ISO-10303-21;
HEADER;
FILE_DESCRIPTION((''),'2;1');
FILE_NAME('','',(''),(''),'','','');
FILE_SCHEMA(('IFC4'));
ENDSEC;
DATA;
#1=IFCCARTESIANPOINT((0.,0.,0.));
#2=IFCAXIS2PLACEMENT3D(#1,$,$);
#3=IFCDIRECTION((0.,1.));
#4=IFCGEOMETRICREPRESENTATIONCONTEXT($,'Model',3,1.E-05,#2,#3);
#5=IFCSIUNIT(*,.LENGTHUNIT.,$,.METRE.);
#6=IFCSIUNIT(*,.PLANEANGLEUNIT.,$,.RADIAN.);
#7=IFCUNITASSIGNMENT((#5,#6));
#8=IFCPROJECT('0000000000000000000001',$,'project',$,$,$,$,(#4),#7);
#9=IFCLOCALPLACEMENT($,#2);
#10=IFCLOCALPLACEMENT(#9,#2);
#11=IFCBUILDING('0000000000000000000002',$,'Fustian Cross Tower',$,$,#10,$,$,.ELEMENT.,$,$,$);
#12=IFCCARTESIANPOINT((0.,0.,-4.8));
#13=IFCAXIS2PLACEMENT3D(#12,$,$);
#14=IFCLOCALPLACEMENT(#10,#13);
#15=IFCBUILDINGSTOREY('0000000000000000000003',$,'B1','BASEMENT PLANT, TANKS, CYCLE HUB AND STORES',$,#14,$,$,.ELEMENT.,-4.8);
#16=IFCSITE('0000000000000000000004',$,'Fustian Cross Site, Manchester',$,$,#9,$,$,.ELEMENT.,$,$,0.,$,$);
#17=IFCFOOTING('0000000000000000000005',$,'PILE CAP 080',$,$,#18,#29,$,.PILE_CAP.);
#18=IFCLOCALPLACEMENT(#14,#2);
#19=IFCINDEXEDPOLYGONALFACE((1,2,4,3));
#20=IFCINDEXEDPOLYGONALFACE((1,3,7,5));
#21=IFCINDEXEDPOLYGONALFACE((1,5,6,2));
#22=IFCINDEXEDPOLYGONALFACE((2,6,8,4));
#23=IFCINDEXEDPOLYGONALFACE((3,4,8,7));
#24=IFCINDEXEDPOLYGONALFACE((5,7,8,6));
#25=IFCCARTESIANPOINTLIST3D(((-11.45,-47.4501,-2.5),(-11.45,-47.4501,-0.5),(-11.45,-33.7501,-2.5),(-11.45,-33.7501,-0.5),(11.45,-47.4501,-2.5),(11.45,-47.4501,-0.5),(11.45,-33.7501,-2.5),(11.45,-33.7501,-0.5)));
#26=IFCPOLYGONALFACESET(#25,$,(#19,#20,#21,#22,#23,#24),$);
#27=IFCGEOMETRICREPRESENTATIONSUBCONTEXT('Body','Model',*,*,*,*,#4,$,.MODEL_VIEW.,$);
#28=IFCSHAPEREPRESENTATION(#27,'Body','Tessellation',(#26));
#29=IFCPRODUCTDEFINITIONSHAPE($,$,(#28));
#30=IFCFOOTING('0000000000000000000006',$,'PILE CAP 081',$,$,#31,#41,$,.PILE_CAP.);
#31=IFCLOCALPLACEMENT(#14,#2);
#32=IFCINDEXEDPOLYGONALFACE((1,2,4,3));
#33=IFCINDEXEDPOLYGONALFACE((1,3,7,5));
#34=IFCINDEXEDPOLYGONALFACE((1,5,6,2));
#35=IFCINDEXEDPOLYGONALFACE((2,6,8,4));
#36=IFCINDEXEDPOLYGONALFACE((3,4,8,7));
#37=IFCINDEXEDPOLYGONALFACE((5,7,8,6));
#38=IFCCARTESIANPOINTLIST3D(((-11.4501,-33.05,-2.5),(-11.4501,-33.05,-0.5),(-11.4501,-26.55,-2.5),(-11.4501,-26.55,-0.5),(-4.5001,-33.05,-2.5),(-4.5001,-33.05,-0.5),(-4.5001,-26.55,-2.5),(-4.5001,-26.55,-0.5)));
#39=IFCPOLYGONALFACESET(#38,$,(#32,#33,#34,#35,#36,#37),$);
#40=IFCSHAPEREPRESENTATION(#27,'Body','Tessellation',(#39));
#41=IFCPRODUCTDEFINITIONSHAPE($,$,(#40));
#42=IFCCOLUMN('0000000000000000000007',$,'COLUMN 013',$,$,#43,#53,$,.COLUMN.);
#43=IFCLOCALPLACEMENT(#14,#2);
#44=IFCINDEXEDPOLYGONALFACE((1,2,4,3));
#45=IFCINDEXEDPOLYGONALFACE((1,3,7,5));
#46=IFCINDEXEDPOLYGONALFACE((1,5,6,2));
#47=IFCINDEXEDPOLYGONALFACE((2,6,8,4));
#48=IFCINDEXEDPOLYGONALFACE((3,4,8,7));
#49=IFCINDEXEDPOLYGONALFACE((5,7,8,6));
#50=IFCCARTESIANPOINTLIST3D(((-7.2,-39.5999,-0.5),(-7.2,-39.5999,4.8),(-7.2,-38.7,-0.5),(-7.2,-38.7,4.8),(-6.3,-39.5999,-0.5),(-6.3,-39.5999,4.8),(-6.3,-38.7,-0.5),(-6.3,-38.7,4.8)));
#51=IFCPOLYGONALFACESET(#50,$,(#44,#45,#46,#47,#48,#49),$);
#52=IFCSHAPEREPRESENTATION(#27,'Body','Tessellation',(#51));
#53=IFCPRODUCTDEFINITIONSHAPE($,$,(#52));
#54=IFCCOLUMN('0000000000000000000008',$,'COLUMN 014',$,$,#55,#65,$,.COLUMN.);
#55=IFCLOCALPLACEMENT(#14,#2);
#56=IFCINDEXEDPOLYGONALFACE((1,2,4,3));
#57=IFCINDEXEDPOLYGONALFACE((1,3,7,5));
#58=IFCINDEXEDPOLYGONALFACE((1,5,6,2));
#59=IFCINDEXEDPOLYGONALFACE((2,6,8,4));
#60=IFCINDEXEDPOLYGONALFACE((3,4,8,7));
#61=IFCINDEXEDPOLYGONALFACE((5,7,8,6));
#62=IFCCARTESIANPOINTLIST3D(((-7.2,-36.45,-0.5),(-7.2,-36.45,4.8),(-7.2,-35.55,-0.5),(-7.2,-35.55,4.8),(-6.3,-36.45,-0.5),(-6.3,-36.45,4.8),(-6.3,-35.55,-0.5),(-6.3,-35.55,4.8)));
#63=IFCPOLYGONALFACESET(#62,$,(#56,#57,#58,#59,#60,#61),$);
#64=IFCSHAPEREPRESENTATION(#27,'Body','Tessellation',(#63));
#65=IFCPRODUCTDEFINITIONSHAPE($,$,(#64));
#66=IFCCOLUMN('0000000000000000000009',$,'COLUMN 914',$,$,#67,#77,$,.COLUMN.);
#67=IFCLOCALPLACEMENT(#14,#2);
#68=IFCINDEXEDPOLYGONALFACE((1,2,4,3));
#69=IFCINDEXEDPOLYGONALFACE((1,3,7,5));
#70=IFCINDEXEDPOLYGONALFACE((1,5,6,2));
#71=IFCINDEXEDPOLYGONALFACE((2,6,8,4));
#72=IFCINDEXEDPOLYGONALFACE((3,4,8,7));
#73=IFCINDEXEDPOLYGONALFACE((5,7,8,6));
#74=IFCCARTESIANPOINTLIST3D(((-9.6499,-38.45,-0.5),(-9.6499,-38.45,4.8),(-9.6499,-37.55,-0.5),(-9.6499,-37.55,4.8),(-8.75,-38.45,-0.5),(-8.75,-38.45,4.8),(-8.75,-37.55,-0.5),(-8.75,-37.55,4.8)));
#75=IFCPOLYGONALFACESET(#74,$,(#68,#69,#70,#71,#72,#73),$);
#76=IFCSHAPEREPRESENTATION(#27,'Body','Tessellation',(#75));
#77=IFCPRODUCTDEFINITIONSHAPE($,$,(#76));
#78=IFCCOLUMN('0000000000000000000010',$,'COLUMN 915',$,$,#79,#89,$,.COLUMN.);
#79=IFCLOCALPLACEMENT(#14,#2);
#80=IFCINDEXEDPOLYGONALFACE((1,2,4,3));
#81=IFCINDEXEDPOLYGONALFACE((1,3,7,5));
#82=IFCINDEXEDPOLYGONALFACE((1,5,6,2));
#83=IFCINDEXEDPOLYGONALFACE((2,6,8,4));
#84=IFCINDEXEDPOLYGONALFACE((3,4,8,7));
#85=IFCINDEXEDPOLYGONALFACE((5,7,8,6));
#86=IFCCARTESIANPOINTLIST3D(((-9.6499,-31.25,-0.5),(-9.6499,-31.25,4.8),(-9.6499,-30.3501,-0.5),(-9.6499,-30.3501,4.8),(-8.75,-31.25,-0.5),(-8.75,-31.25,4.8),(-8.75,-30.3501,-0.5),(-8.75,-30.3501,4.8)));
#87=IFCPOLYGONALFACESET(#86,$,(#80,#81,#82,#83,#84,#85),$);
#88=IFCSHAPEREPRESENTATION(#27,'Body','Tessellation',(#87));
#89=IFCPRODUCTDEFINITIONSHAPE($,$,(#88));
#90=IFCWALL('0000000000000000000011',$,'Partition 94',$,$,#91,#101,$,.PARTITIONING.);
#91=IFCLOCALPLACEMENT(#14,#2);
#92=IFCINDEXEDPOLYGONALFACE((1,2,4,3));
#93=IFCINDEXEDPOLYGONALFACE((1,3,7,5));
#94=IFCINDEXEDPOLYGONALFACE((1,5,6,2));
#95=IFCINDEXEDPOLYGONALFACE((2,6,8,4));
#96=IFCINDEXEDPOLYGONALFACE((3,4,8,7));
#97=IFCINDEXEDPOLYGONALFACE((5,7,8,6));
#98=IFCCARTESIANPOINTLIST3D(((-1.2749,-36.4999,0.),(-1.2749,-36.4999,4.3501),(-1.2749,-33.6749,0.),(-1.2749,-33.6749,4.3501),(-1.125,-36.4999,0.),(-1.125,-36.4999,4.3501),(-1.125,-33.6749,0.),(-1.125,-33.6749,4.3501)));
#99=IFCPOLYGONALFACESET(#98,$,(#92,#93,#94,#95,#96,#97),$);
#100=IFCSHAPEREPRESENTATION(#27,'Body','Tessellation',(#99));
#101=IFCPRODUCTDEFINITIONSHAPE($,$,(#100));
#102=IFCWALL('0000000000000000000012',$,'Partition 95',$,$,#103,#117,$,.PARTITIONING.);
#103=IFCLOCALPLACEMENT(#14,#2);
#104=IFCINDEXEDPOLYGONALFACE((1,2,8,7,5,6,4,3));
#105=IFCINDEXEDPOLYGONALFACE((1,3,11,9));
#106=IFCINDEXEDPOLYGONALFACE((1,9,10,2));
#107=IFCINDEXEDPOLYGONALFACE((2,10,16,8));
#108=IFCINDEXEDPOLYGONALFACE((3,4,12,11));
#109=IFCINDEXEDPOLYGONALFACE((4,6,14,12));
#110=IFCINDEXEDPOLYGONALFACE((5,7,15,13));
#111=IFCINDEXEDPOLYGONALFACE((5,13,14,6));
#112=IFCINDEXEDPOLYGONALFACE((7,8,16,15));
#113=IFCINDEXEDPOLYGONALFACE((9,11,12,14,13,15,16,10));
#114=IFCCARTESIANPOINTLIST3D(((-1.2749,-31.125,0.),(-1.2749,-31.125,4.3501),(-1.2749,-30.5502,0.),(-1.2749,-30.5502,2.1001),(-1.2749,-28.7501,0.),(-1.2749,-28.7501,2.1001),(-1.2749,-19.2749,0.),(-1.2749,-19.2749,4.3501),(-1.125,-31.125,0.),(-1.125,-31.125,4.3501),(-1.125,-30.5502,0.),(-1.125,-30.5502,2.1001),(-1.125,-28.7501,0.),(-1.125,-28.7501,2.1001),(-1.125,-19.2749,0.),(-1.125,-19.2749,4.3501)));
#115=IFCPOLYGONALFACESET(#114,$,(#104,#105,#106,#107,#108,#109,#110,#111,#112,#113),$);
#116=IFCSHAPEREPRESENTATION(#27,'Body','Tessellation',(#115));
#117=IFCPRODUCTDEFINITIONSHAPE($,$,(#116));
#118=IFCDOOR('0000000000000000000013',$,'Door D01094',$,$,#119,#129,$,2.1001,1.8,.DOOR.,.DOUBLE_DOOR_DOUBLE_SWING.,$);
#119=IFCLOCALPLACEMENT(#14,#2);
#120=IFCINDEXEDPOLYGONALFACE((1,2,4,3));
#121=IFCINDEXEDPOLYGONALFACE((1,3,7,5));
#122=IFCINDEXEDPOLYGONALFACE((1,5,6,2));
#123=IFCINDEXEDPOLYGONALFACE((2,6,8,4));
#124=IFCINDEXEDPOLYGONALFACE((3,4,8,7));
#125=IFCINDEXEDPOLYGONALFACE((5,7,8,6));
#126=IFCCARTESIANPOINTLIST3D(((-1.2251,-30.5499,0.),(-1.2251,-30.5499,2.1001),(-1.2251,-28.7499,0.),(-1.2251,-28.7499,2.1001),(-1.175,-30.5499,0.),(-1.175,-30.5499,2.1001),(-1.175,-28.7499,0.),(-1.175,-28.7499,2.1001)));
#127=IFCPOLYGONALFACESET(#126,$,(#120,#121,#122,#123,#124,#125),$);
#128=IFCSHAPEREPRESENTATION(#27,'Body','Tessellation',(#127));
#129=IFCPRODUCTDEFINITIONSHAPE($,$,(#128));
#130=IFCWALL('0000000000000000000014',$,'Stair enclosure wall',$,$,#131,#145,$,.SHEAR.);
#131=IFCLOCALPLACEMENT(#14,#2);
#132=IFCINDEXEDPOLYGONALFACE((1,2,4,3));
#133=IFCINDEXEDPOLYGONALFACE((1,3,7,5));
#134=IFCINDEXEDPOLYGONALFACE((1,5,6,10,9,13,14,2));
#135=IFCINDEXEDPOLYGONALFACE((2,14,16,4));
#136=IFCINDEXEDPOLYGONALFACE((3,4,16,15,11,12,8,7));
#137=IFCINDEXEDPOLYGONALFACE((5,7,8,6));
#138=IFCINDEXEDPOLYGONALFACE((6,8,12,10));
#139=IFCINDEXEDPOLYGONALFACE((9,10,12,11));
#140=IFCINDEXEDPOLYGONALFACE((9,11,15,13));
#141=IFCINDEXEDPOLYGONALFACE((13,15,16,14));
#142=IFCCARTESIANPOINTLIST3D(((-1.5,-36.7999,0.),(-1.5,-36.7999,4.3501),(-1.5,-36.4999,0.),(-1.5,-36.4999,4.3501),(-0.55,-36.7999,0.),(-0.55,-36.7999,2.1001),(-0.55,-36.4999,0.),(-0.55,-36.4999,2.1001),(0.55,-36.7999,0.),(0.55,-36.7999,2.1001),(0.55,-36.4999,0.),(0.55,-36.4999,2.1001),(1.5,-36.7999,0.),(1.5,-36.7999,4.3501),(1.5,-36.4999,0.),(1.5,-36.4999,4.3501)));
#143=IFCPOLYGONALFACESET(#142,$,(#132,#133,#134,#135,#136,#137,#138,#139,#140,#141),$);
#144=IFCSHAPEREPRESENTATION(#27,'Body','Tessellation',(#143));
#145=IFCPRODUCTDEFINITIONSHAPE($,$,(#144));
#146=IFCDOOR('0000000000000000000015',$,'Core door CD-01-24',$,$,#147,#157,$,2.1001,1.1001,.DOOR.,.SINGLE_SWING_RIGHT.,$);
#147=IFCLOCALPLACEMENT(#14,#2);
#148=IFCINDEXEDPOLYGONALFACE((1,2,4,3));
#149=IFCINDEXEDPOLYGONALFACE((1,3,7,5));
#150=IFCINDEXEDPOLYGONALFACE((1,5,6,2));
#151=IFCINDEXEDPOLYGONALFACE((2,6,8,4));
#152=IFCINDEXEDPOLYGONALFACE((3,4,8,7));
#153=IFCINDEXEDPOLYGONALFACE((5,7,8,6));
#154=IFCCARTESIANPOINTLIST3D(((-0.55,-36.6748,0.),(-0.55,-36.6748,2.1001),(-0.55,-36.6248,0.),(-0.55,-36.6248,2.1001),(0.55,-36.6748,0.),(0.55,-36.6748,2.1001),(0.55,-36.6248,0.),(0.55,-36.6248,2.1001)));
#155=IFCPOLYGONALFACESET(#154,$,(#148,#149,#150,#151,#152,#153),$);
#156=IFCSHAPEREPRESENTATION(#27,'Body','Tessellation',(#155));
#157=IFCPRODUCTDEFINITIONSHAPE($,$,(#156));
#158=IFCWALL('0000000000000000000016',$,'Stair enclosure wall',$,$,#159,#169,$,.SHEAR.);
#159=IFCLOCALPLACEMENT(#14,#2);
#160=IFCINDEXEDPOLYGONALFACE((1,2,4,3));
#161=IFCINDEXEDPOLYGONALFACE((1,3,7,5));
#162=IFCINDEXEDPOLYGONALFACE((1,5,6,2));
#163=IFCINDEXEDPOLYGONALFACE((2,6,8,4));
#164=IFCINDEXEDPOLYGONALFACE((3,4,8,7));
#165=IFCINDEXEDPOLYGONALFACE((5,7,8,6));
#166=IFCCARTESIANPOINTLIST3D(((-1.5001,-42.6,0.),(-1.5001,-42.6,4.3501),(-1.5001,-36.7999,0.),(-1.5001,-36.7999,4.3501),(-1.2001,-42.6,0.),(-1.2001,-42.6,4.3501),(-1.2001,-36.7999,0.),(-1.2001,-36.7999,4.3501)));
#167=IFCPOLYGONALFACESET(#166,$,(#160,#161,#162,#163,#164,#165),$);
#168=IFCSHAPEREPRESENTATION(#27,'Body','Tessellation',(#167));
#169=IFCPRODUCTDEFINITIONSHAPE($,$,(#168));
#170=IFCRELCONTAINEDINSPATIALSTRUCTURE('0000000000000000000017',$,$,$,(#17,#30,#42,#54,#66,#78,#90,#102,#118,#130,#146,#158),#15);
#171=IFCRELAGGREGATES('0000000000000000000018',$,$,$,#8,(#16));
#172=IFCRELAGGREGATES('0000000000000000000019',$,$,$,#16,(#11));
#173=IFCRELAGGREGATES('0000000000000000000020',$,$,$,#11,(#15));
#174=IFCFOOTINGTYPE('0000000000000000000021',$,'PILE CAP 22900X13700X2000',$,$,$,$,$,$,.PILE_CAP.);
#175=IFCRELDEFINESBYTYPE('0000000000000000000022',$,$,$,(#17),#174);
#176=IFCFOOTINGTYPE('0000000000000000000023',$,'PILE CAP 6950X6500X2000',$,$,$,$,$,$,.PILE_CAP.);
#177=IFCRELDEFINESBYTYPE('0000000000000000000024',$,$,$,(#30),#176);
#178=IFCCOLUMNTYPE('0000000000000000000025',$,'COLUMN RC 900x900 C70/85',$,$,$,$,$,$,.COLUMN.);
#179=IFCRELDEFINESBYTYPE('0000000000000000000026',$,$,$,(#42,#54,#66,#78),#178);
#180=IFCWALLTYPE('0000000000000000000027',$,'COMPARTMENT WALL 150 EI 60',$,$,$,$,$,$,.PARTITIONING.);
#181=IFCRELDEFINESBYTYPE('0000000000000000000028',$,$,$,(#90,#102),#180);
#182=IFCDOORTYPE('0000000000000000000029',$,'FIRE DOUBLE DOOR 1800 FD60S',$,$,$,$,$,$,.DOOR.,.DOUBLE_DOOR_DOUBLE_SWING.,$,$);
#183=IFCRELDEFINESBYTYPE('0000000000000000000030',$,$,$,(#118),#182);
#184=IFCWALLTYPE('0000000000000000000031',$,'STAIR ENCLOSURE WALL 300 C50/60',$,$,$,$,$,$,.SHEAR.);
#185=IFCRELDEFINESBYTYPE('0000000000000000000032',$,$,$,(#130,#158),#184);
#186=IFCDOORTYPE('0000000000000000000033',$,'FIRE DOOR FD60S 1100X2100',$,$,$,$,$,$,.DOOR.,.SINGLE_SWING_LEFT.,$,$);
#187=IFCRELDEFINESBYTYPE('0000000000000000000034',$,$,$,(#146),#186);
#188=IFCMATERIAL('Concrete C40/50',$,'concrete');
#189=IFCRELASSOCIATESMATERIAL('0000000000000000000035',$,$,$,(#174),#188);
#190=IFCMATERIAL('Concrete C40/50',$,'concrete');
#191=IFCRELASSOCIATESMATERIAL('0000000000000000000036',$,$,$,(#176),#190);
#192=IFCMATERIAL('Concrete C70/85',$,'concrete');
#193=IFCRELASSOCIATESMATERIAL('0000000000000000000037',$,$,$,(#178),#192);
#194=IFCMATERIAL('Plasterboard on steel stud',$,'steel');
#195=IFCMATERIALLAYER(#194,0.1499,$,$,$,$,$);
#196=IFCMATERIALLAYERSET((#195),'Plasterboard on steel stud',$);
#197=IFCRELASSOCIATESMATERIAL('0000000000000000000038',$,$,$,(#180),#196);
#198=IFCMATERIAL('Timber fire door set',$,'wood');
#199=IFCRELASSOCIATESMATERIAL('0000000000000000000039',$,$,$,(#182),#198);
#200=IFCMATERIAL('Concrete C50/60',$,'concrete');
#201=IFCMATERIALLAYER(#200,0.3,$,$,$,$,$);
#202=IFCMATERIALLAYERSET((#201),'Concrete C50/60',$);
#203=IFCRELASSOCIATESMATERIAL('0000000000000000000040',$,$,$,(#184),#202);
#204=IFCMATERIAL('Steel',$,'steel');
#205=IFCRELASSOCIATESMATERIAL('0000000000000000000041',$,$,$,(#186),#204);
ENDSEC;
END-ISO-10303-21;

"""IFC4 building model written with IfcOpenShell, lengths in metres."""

from ifc_helpers import new_model, si_unit, direction, frame, frame_2d, origin, origin_2d, place, context, subcontext, project, spatial, rectangle, extrude, material, layer, layer_set, material_profile, profile_set, type_object, element, fill, save


model = new_model("IFC4")

# Units and contexts
model_context = context("Model", 3, precision=1e-05, world=origin(), true_north=direction((0.0, 1.0)))
body_context = subcontext(model_context, "Body", "Model", "MODEL_VIEW")
ifc_project = project(units=[si_unit("LENGTHUNIT", "METRE"), si_unit("PLANEANGLEUNIT", "RADIAN")], contexts=[model_context])

# Site, building, storey
site_placement = place(None, origin())
site = spatial("IfcSite", under=ifc_project, at=site_placement, Name="Fustian Cross Site, Manchester", CompositionType="ELEMENT", RefElevation=0.0)
building_placement = place(site_placement, origin())
building = spatial("IfcBuilding", under=site, at=building_placement, Name="Fustian Cross Tower", CompositionType="ELEMENT")
storey_placement = place(building_placement, frame((0.0, 0.0, -4.8)))
storey = spatial("IfcBuildingStorey", under=building, at=storey_placement, Name="B1", Description="BASEMENT PLANT, TANKS, CYCLE HUB AND STORES", CompositionType="ELEMENT", Elevation=-4.8)

# Footings
ifc_material_1 = material(Name="Concrete C40/50", Category="concrete")
footing_type_1 = type_object("IfcFootingType", Name="PILE CAP 22900X13700X2000", PredefinedType="PILE_CAP", material=ifc_material_1)
footing_1_placement = place(storey_placement, frame((0.0, -40.6001, -2.5), z_axis=(0.0, 0.0, 1.0), x_axis=(1.0, 0.0, 0.0)))
element("IfcFooting", 1, at=footing_1_placement, inside=storey, type_object=footing_type_1, Name="PILE CAP 080", PredefinedType="PILE_CAP", context=body_context, shape_type="SweptSolid", body=[
    extrude(rectangle(XDim=22.8999, YDim=13.7, at=origin_2d()), origin(), (0.0, 0.0, 1.0), 2.0),
])
ifc_material_2 = material(Name="Concrete C40/50", Category="concrete")
footing_type_2 = type_object("IfcFootingType", Name="PILE CAP 6950X6500X2000", PredefinedType="PILE_CAP", material=ifc_material_2)
footing_2_placement = place(storey_placement, frame((-7.9751, -29.8, -2.5), z_axis=(0.0, 0.0, 1.0), x_axis=(1.0, 0.0, 0.0)))
element("IfcFooting", 2, at=footing_2_placement, inside=storey, type_object=footing_type_2, Name="PILE CAP 081", PredefinedType="PILE_CAP", context=body_context, shape_type="SweptSolid", body=[
    extrude(rectangle(XDim=6.95, YDim=6.5, at=origin_2d()), origin(), (0.0, 0.0, 1.0), 2.0),
])

# Columns
ifc_material_3 = material(Name="Concrete C70/85", Category="concrete")
ifc_material_profile_1 = material_profile(ifc_material_3, rectangle(XDim=0.8999, YDim=0.8999, at=origin_2d()), Name="RC 900x900")
ifc_profile_set_1 = profile_set([ifc_material_profile_1], Name="Concrete C70/85")
column_type = type_object("IfcColumnType", Name="COLUMN RC 900x900 C70/85", PredefinedType="COLUMN", material=ifc_profile_set_1)
for number, where, z_axis, x_axis, name in (
    (3, (-6.75, -39.1499, -0.5), (0.0, 0.0, 1.0), (1.0, 0.0, 0.0), "COLUMN 013"),
    (4, (-6.75, -36.0, -0.5), (0.0, 0.0, 1.0), (1.0, 0.0, 0.0), "COLUMN 014"),
    (5, (-9.2, -38.0, -0.5), (0.0, 0.0, 1.0), (1.0, 0.0, 0.0), "COLUMN 914"),
    (6, (-9.2, -30.8, -0.5), (0.0, 0.0, 1.0), (1.0, 0.0, 0.0), "COLUMN 915"),
):
    element("IfcColumn", number, at=place(storey_placement, frame(where, z_axis=z_axis, x_axis=x_axis)), inside=storey, type_object=column_type, Name=name, PredefinedType="COLUMN", context=body_context, shape_type="SweptSolid", body=[
        extrude(rectangle(XDim=0.8999, YDim=0.8999, at=origin_2d()), origin(), (0.0, 0.0, 1.0), 5.3),
    ])

# Wall
ifc_material_4 = material(Name="Plasterboard on steel stud", Category="steel")
ifc_layer_1 = layer(ifc_material_4, 0.1499)
ifc_layer_set_1 = layer_set([ifc_layer_1], Name="Plasterboard on steel stud")
wall_type_1 = type_object("IfcWallType", Name="COMPARTMENT WALL 150 EI 60", PredefinedType="PARTITIONING", material=ifc_layer_set_1)
wall_1_placement = place(storey_placement, frame((-1.2, -36.5, 0.0), z_axis=(0.0, 0.0, 1.0), x_axis=(0.0, 1.0, 0.0)))
element("IfcWall", 7, at=wall_1_placement, inside=storey, type_object=wall_type_1, Name="Partition 94", PredefinedType="PARTITIONING", context=body_context, shape_type="SweptSolid", body=[
    extrude(rectangle(XDim=2.825, YDim=0.1499, at=frame_2d((1.4126, 0.0))), origin(), (0.0, 0.0, 1.0), 4.3501),
])

# Walls, openings, doors
wall_2_placement = place(storey_placement, frame((-1.2, -31.125, 0.0), z_axis=(0.0, 0.0, 1.0), x_axis=(0.0, 1.0, 0.0)))
wall_2 = element("IfcWall", 8, at=wall_2_placement, inside=storey, type_object=wall_type_1, Name="Partition 95", PredefinedType="PARTITIONING", context=body_context, shape_type="SweptSolid", body=[
    extrude(rectangle(XDim=11.8501, YDim=0.1499, at=frame_2d((5.925, 0.0))), origin(), (0.0, 0.0, 1.0), 4.3501),
])
opening_1_placement = place(wall_2_placement, frame((0.575, 0.0, 0.0)))
opening_1 = element("IfcOpeningElement", 9, at=opening_1_placement, cuts=wall_2, PredefinedType="OPENING", context=body_context, shape_type="SweptSolid", body=[
    extrude(rectangle(XDim=1.8, YDim=2.1001, at=frame_2d((0.8999, 1.05))), frame((0.0, 0.085, 0.0), z_axis=(0.0, -1.0, 0.0), x_axis=(1.0, 0.0, 0.0)), (0.0, 0.0, 1.0), 0.1699),
])
ifc_material_5 = material(Name="Timber fire door set", Category="wood")
door_type_1 = type_object("IfcDoorType", Name="FIRE DOUBLE DOOR 1800 FD60S", OperationType="DOUBLE_DOOR_DOUBLE_SWING", PredefinedType="DOOR", material=ifc_material_5)
door_1_placement = place(opening_1_placement, frame((1.8, 0.0, 0.0), z_axis=(0.0, 0.0, 1.0), x_axis=(-1.0, 0.0, 0.0)))
door_1 = element("IfcDoor", 10, at=door_1_placement, inside=storey, type_object=door_type_1, Name="Door D01094", OperationType="DOUBLE_DOOR_DOUBLE_SWING", OverallHeight=2.1001, OverallWidth=1.8, PredefinedType="DOOR", context=body_context, shape_type="SweptSolid", body=[
    extrude(rectangle(XDim=1.8, YDim=2.1001, at=frame_2d((0.8999, 1.05))), frame((0.0, 0.0249, 0.0), z_axis=(0.0, -1.0, 0.0), x_axis=(1.0, 0.0, 0.0)), (0.0, 0.0, 1.0), 0.05),
])
fill(opening_1, door_1)
ifc_material_6 = material(Name="Concrete C50/60", Category="concrete")
ifc_layer_2 = layer(ifc_material_6, 0.3)
ifc_layer_set_2 = layer_set([ifc_layer_2], Name="Concrete C50/60")
wall_type_2 = type_object("IfcWallType", Name="STAIR ENCLOSURE WALL 300 C50/60", PredefinedType="SHEAR", material=ifc_layer_set_2)
wall_3_placement = place(storey_placement, frame((-1.5, -36.6499, 0.0), z_axis=(0.0, 0.0, 1.0), x_axis=(1.0, 0.0, 0.0)))
wall_3 = element("IfcWall", 11, at=wall_3_placement, inside=storey, type_object=wall_type_2, Name="Stair enclosure wall", PredefinedType="SHEAR", context=body_context, shape_type="SweptSolid", body=[
    extrude(rectangle(XDim=3.0, YDim=0.3, at=frame_2d((1.5, 0.0))), origin(), (0.0, 0.0, 1.0), 4.3501),
])
opening_2_placement = place(wall_3_placement, frame((0.95, 0.0, 0.0)))
opening_2 = element("IfcOpeningElement", 12, at=opening_2_placement, cuts=wall_3, PredefinedType="OPENING", context=body_context, shape_type="SweptSolid", body=[
    extrude(rectangle(XDim=1.1001, YDim=2.1001, at=frame_2d((0.55, 1.05))), frame((0.0, 0.1599, 0.0), z_axis=(0.0, -1.0, 0.0), x_axis=(1.0, 0.0, 0.0)), (0.0, 0.0, 1.0), 0.3201),
])
ifc_material_7 = material(Name="Steel", Category="steel")
door_type_2 = type_object("IfcDoorType", Name="FIRE DOOR FD60S 1100X2100", OperationType="SINGLE_SWING_LEFT", PredefinedType="DOOR", material=ifc_material_7)
door_2_placement = place(opening_2_placement, frame((1.1001, 0.0, 0.0), z_axis=(0.0, 0.0, 1.0), x_axis=(-1.0, 0.0, 0.0)))
door_2 = element("IfcDoor", 13, at=door_2_placement, inside=storey, type_object=door_type_2, Name="Core door CD-01-24", OperationType="SINGLE_SWING_RIGHT", OverallHeight=2.1001, OverallWidth=1.1001, PredefinedType="DOOR", context=body_context, shape_type="SweptSolid", body=[
    extrude(rectangle(XDim=1.1001, YDim=2.1001, at=frame_2d((0.55, 1.05))), frame((0.0, 0.0249, 0.0), z_axis=(0.0, -1.0, 0.0), x_axis=(1.0, 0.0, 0.0)), (0.0, 0.0, 1.0), 0.05),
])
fill(opening_2, door_2)

# Wall
wall_4_placement = place(storey_placement, frame((-1.3501, -36.8, 0.0), z_axis=(0.0, 0.0, 1.0), x_axis=(0.0, -1.0, 0.0)))
element("IfcWall", 14, at=wall_4_placement, inside=storey, type_object=wall_type_2, Name="Stair enclosure wall", PredefinedType="SHEAR", context=body_context, shape_type="SweptSolid", body=[
    extrude(rectangle(XDim=5.8, YDim=0.3, at=frame_2d((2.8999, 0.0))), origin(), (0.0, 0.0, 1.0), 4.3501),
])

save(model, "model.ifc")
